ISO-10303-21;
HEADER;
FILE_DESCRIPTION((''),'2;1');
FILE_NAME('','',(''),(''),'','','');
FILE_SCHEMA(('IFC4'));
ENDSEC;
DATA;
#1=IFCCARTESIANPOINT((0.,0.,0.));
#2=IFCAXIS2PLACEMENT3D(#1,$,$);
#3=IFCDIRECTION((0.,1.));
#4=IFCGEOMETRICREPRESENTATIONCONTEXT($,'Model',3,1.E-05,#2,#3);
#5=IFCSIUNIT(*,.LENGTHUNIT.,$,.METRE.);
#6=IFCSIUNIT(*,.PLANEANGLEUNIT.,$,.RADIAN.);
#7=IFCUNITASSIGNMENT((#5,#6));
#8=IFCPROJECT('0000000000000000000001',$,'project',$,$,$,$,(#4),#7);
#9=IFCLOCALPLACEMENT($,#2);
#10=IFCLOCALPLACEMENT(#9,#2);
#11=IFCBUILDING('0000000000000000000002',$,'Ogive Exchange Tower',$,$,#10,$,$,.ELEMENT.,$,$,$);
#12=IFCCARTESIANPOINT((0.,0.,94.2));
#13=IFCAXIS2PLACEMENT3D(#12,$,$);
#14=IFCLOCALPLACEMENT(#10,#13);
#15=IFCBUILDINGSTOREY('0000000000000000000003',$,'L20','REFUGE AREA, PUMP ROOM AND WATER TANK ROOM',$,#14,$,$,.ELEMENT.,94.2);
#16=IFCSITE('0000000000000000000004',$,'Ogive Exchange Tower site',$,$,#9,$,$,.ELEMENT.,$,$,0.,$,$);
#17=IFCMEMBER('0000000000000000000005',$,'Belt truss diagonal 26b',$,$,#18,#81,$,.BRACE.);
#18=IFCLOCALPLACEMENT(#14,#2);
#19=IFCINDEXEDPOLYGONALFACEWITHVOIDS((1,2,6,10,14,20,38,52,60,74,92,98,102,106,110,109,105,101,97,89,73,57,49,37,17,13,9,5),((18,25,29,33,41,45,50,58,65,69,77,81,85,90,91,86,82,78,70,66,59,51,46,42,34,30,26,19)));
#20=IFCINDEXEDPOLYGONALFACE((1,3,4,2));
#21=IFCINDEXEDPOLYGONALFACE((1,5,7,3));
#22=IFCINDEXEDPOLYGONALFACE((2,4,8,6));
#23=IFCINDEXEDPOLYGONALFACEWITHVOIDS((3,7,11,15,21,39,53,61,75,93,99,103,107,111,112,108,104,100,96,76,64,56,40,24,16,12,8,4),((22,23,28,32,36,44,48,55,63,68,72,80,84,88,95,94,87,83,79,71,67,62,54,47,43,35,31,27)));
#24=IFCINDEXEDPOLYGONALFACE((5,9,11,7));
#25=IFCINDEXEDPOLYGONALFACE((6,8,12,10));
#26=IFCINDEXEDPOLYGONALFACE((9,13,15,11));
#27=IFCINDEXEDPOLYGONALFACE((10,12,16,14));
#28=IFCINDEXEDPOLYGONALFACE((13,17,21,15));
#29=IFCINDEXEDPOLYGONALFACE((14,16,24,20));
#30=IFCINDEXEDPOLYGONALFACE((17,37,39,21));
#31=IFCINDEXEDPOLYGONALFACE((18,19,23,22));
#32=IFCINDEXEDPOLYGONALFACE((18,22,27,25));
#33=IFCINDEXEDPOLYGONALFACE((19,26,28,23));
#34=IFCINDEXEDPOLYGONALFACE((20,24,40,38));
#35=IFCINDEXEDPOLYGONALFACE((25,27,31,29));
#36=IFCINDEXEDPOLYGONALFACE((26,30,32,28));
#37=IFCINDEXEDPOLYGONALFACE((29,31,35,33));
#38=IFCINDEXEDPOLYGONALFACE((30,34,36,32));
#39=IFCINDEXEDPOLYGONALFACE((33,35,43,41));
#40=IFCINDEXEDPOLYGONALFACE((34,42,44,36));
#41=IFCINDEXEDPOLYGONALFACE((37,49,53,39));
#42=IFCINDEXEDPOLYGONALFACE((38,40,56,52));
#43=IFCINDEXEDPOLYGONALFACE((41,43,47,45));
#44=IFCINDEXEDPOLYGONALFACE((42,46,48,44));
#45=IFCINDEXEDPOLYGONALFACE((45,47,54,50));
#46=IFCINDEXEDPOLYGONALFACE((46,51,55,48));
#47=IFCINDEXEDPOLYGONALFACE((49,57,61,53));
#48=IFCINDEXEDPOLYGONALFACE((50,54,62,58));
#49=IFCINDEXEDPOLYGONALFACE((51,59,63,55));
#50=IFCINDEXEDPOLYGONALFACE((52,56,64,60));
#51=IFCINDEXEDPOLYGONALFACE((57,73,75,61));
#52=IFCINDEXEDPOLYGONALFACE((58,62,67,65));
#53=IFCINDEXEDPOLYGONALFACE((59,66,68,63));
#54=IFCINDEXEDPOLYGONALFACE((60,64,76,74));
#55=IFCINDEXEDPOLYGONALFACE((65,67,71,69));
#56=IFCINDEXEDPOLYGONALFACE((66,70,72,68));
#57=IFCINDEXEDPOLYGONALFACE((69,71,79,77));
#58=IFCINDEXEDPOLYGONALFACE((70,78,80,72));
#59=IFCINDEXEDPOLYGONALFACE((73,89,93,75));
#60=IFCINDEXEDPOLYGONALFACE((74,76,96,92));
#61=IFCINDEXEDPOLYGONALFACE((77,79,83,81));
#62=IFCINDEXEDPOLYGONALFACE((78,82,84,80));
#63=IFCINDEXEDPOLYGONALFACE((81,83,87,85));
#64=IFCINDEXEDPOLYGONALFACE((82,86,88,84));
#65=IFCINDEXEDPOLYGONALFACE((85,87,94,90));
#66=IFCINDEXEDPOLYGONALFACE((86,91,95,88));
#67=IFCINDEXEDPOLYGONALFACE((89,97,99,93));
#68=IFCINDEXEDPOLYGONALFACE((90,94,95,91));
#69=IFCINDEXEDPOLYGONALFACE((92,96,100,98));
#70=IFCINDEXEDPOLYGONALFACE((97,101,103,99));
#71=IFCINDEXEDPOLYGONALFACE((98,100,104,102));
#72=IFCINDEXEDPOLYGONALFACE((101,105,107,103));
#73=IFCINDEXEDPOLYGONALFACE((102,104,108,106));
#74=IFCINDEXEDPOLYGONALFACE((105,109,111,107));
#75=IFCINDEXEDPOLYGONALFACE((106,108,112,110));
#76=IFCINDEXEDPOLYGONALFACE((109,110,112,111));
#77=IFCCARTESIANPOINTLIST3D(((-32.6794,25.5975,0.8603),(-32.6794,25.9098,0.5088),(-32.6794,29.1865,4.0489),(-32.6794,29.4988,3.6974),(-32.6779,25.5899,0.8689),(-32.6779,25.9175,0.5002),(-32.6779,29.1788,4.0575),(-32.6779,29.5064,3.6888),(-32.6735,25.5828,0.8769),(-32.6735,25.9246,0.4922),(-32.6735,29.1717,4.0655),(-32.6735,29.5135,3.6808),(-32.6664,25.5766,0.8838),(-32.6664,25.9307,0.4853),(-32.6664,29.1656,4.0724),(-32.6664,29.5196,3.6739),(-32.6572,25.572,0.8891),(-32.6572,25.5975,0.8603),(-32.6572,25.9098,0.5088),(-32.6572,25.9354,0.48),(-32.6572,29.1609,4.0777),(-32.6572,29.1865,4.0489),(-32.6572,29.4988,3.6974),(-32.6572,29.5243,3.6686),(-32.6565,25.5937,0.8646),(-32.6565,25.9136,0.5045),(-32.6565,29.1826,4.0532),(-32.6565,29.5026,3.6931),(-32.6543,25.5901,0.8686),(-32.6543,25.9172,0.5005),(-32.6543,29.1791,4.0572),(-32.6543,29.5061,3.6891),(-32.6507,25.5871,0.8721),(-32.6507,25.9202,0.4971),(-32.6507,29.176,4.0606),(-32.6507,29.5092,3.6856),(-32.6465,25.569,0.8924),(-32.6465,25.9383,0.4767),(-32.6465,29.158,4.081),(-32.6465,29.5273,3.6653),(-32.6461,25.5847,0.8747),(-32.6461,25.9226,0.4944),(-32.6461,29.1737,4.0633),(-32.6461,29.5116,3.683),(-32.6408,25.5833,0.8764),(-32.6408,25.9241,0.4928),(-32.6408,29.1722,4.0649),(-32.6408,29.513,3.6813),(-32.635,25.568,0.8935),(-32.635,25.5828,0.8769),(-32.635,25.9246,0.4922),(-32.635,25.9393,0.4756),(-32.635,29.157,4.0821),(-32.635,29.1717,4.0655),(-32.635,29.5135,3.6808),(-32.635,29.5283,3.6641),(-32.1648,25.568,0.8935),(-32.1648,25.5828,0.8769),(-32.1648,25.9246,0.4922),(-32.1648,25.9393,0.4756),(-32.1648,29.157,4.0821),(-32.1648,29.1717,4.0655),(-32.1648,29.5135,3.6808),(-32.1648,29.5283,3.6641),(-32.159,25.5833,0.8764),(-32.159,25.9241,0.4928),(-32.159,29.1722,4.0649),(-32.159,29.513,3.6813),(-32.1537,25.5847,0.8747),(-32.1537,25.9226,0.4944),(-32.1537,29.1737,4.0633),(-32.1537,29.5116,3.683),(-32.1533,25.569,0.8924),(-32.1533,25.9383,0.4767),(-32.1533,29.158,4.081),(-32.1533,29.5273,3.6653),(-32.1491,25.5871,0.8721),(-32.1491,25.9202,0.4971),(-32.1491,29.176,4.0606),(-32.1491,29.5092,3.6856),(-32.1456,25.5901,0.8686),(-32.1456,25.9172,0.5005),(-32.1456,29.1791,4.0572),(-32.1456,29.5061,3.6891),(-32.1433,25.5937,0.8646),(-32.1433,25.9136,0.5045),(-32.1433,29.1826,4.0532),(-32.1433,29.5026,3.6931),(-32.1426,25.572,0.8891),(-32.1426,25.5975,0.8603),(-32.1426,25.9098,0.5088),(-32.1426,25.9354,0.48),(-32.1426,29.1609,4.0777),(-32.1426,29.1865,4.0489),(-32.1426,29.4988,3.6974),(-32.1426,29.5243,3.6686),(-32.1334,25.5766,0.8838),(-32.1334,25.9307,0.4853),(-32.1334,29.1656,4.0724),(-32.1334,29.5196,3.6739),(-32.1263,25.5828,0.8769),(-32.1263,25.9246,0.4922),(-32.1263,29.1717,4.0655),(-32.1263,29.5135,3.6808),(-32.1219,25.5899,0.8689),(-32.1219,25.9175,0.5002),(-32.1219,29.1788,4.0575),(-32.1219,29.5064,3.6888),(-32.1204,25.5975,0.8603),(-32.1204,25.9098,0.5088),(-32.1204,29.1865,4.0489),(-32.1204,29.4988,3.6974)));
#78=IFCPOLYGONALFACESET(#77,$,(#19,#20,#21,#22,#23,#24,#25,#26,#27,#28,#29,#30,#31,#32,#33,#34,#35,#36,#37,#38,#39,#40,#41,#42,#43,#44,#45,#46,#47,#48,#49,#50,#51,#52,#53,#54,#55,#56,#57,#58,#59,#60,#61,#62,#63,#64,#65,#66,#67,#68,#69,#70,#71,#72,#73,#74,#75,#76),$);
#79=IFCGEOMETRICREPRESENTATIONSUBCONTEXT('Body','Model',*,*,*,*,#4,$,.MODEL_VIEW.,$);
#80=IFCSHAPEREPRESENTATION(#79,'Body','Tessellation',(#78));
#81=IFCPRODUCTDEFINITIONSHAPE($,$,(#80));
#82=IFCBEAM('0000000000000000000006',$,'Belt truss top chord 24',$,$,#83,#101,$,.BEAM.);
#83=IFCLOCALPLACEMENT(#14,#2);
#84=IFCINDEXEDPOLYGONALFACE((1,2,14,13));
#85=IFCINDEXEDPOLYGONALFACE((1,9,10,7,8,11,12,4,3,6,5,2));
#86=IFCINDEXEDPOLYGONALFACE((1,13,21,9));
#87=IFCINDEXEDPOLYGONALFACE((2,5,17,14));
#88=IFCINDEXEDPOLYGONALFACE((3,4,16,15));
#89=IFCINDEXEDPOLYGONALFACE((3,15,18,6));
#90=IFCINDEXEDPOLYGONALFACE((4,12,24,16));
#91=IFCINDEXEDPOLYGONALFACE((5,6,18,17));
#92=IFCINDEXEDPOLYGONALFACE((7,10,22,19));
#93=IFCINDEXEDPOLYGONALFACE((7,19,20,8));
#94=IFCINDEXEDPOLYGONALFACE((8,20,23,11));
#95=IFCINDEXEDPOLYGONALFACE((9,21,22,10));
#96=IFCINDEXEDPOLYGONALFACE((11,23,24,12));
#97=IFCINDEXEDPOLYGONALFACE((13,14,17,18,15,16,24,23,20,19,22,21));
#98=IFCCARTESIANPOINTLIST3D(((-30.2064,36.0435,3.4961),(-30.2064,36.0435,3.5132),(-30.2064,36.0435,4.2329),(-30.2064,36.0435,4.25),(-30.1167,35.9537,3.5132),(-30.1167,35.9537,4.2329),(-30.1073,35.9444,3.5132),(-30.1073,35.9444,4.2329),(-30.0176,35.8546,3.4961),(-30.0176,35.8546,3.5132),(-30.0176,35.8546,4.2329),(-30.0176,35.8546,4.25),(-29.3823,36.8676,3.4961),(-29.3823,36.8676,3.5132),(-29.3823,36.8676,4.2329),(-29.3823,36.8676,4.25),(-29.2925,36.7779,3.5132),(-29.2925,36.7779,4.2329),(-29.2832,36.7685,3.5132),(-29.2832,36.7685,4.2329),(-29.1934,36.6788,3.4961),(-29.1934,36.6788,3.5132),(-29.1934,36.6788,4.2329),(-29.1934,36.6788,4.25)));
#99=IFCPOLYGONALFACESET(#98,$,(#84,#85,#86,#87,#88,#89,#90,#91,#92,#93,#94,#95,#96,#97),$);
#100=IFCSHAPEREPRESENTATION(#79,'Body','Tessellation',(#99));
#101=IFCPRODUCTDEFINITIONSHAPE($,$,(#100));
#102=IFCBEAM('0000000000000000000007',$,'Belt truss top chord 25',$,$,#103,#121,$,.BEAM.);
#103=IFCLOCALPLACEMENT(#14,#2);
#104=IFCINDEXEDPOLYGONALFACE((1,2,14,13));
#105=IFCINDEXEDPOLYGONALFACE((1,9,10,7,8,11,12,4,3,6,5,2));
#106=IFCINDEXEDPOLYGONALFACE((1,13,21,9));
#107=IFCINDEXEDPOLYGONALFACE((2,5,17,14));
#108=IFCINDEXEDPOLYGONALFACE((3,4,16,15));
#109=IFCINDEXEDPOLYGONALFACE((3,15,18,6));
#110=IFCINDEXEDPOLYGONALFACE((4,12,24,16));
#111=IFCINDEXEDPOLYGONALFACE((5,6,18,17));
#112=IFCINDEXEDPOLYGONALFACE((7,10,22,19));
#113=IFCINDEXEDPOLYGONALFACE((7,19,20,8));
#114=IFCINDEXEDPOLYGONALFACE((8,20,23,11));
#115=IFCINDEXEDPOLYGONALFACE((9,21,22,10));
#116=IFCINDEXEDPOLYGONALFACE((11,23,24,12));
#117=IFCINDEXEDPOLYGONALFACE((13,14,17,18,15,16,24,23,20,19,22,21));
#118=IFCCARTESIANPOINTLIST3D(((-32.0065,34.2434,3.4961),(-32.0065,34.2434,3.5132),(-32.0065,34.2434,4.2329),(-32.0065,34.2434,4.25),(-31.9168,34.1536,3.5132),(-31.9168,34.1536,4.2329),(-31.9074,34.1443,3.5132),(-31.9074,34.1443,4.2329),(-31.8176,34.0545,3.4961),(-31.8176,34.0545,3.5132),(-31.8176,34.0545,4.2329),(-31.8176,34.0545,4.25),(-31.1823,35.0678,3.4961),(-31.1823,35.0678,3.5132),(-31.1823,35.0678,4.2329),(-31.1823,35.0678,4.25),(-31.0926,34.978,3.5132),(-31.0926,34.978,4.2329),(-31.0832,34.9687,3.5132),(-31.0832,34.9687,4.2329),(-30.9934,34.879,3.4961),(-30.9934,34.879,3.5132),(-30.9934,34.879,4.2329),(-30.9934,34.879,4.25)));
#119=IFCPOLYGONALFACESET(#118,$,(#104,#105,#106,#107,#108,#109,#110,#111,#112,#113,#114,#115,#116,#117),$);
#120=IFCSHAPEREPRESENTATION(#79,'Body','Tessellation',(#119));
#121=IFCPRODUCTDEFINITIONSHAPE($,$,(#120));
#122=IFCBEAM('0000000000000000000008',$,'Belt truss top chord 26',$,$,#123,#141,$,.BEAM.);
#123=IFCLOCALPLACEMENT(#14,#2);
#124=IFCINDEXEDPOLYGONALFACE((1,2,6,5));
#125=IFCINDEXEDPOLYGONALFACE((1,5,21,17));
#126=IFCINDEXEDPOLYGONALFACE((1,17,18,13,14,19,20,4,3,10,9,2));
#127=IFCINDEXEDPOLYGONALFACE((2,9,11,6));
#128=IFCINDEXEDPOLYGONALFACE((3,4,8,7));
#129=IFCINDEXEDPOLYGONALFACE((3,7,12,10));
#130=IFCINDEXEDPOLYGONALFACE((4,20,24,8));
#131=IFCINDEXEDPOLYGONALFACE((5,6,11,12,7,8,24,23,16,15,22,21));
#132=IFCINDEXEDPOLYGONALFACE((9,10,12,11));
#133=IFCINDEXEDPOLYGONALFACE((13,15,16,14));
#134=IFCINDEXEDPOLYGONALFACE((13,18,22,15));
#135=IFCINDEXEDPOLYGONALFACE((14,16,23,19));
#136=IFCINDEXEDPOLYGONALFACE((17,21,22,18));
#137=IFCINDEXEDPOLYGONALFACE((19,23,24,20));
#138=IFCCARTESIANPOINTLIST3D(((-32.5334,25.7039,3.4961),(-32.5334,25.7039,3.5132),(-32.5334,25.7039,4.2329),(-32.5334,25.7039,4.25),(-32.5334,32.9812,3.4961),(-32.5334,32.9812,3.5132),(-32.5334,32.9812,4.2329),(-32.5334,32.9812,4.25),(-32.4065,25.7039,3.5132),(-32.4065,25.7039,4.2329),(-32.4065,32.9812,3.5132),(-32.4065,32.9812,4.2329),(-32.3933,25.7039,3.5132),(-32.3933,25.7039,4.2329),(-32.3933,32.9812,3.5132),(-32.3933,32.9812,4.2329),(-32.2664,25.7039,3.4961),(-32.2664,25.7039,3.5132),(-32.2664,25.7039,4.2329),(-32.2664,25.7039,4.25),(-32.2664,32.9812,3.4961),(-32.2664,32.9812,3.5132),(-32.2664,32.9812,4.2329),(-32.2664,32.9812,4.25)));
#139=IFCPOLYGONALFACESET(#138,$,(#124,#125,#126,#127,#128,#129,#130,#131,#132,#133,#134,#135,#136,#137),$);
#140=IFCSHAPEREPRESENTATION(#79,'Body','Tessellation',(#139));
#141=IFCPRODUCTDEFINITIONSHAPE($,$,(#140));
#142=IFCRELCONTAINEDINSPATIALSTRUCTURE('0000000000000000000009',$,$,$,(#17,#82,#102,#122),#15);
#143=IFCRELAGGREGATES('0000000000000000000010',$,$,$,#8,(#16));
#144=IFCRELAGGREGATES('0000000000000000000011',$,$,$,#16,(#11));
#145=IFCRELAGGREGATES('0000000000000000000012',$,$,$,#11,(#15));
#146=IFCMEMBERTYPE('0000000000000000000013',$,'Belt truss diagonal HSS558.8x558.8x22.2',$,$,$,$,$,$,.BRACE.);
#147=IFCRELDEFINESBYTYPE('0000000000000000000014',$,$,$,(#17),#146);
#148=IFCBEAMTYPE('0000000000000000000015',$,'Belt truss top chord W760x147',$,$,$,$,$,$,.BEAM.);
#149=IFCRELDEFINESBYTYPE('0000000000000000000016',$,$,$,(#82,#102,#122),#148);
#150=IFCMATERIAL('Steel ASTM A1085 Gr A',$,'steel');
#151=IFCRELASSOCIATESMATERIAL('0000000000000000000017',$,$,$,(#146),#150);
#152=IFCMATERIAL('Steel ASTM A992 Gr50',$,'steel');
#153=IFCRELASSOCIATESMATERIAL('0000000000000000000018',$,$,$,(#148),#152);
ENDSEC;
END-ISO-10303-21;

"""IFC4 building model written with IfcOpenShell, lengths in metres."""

from ifc_helpers import new_model, si_unit, direction, frame, origin, origin_2d, place, context, subcontext, project, spatial, hollow_rectangle, i_section, extrude, material, material_profile, profile_set, type_object, element, save


model = new_model("IFC4")

# Units and contexts
model_context = context("Model", 3, precision=1e-05, world=origin(), true_north=direction((0.0, 1.0)))
body_context = subcontext(model_context, "Body", "Model", "MODEL_VIEW")
ifc_project = project(units=[si_unit("LENGTHUNIT", "METRE"), si_unit("PLANEANGLEUNIT", "RADIAN")], contexts=[model_context])

# Site, building, storey
site_placement = place(None, origin())
site = spatial("IfcSite", under=ifc_project, at=site_placement, Name="Ogive Exchange Tower site", CompositionType="ELEMENT", RefElevation=0.0)
building_placement = place(site_placement, origin())
building = spatial("IfcBuilding", under=site, at=building_placement, Name="Ogive Exchange Tower", CompositionType="ELEMENT")
storey_placement = place(building_placement, frame((0.0, 0.0, 94.2)))
storey = spatial("IfcBuildingStorey", under=building, at=storey_placement, Name="L20", Description="REFUGE AREA, PUMP ROOM AND WATER TANK ROOM", CompositionType="ELEMENT", Elevation=94.2)

# Shared definitions
ifc_material_1 = material(Name="Steel ASTM A992 Gr50", Category="steel")

# Member
ifc_material_2 = material(Name="Steel ASTM A1085 Gr A", Category="steel")
ifc_material_profile_1 = material_profile(ifc_material_2, hollow_rectangle(XDim=0.5591, YDim=0.5591, WallThickness=0.0222, InnerFilletRadius=0.0222, OuterFilletRadius=0.0444, at=origin_2d()), Name="HSS558.8x558.8x22.2")
ifc_profile_set_1 = profile_set([ifc_material_profile_1], Name="Steel ASTM A1085 Gr A")
member_type_1 = type_object("IfcMemberType", Name="Belt truss diagonal HSS558.8x558.8x22.2", PredefinedType="BRACE", material=ifc_profile_set_1)
member_1_placement = place(storey_placement, frame((-32.3999, 25.7537, 0.6846), z_axis=(0.0, 0.747578, 0.664174), x_axis=(-1.0, 0.0, 0.0)))
element("IfcMember", 1, at=member_1_placement, inside=storey, type_object=member_type_1, Name="Belt truss diagonal 26b", PredefinedType="BRACE", context=body_context, shape_type="SweptSolid", body=[
    extrude(hollow_rectangle(XDim=0.5591, YDim=0.5591, WallThickness=0.0222, InnerFilletRadius=0.0222, OuterFilletRadius=0.0444, at=origin_2d()), origin(), (0.0, 0.0, 1.0), 4.8008),
])

# Beams
ifc_material_profile_2 = material_profile(ifc_material_1, i_section(OverallWidth=0.2671, OverallDepth=0.7539, WebThickness=0.0132, FlangeThickness=0.0171, at=origin_2d()), Name="W760x147")
ifc_profile_set_2 = profile_set([ifc_material_profile_2], Name="Steel ASTM A992 Gr50")
beam_type_1 = type_object("IfcBeamType", Name="Belt truss top chord W760x147", PredefinedType="BEAM", material=ifc_profile_set_2)
beam_1_placement = place(storey_placement, frame((-29.2878, 36.7732, 3.873), z_axis=(-0.707107, -0.707107, 0.0), x_axis=(0.707107, -0.707107, 0.0)))
element("IfcBeam", 2, at=beam_1_placement, inside=storey, type_object=beam_type_1, Name="Belt truss top chord 24", PredefinedType="BEAM", context=body_context, shape_type="SweptSolid", body=[
    extrude(i_section(OverallWidth=0.2671, OverallDepth=0.7539, WebThickness=0.0132, FlangeThickness=0.0171, at=origin_2d()), origin(), (0.0, 0.0, 1.0), 1.1655),
])
beam_2_placement = place(storey_placement, frame((-31.0879, 34.9734, 3.873), z_axis=(-0.707002, -0.707211, 0.0), x_axis=(0.707211, -0.707002, 0.0)))
element("IfcBeam", 3, at=beam_2_placement, inside=storey, type_object=beam_type_1, Name="Belt truss top chord 25", PredefinedType="BEAM", context=body_context, shape_type="SweptSolid", body=[
    extrude(i_section(OverallWidth=0.2671, OverallDepth=0.7539, WebThickness=0.0132, FlangeThickness=0.0171, at=origin_2d()), origin(), (0.0, 0.0, 1.0), 1.1658),
])
beam_3_placement = place(storey_placement, frame((-32.3999, 32.9812, 3.873), z_axis=(0.0, -1.0, 0.0), x_axis=(1.0, 0.0, 0.0)))
element("IfcBeam", 4, at=beam_3_placement, inside=storey, type_object=beam_type_1, Name="Belt truss top chord 26", PredefinedType="BEAM", context=body_context, shape_type="SweptSolid", body=[
    extrude(i_section(OverallWidth=0.2671, OverallDepth=0.7539, WebThickness=0.0132, FlangeThickness=0.0171, at=origin_2d()), origin(), (0.0, 0.0, 1.0), 7.2773),
])

save(model, "model.ifc")
